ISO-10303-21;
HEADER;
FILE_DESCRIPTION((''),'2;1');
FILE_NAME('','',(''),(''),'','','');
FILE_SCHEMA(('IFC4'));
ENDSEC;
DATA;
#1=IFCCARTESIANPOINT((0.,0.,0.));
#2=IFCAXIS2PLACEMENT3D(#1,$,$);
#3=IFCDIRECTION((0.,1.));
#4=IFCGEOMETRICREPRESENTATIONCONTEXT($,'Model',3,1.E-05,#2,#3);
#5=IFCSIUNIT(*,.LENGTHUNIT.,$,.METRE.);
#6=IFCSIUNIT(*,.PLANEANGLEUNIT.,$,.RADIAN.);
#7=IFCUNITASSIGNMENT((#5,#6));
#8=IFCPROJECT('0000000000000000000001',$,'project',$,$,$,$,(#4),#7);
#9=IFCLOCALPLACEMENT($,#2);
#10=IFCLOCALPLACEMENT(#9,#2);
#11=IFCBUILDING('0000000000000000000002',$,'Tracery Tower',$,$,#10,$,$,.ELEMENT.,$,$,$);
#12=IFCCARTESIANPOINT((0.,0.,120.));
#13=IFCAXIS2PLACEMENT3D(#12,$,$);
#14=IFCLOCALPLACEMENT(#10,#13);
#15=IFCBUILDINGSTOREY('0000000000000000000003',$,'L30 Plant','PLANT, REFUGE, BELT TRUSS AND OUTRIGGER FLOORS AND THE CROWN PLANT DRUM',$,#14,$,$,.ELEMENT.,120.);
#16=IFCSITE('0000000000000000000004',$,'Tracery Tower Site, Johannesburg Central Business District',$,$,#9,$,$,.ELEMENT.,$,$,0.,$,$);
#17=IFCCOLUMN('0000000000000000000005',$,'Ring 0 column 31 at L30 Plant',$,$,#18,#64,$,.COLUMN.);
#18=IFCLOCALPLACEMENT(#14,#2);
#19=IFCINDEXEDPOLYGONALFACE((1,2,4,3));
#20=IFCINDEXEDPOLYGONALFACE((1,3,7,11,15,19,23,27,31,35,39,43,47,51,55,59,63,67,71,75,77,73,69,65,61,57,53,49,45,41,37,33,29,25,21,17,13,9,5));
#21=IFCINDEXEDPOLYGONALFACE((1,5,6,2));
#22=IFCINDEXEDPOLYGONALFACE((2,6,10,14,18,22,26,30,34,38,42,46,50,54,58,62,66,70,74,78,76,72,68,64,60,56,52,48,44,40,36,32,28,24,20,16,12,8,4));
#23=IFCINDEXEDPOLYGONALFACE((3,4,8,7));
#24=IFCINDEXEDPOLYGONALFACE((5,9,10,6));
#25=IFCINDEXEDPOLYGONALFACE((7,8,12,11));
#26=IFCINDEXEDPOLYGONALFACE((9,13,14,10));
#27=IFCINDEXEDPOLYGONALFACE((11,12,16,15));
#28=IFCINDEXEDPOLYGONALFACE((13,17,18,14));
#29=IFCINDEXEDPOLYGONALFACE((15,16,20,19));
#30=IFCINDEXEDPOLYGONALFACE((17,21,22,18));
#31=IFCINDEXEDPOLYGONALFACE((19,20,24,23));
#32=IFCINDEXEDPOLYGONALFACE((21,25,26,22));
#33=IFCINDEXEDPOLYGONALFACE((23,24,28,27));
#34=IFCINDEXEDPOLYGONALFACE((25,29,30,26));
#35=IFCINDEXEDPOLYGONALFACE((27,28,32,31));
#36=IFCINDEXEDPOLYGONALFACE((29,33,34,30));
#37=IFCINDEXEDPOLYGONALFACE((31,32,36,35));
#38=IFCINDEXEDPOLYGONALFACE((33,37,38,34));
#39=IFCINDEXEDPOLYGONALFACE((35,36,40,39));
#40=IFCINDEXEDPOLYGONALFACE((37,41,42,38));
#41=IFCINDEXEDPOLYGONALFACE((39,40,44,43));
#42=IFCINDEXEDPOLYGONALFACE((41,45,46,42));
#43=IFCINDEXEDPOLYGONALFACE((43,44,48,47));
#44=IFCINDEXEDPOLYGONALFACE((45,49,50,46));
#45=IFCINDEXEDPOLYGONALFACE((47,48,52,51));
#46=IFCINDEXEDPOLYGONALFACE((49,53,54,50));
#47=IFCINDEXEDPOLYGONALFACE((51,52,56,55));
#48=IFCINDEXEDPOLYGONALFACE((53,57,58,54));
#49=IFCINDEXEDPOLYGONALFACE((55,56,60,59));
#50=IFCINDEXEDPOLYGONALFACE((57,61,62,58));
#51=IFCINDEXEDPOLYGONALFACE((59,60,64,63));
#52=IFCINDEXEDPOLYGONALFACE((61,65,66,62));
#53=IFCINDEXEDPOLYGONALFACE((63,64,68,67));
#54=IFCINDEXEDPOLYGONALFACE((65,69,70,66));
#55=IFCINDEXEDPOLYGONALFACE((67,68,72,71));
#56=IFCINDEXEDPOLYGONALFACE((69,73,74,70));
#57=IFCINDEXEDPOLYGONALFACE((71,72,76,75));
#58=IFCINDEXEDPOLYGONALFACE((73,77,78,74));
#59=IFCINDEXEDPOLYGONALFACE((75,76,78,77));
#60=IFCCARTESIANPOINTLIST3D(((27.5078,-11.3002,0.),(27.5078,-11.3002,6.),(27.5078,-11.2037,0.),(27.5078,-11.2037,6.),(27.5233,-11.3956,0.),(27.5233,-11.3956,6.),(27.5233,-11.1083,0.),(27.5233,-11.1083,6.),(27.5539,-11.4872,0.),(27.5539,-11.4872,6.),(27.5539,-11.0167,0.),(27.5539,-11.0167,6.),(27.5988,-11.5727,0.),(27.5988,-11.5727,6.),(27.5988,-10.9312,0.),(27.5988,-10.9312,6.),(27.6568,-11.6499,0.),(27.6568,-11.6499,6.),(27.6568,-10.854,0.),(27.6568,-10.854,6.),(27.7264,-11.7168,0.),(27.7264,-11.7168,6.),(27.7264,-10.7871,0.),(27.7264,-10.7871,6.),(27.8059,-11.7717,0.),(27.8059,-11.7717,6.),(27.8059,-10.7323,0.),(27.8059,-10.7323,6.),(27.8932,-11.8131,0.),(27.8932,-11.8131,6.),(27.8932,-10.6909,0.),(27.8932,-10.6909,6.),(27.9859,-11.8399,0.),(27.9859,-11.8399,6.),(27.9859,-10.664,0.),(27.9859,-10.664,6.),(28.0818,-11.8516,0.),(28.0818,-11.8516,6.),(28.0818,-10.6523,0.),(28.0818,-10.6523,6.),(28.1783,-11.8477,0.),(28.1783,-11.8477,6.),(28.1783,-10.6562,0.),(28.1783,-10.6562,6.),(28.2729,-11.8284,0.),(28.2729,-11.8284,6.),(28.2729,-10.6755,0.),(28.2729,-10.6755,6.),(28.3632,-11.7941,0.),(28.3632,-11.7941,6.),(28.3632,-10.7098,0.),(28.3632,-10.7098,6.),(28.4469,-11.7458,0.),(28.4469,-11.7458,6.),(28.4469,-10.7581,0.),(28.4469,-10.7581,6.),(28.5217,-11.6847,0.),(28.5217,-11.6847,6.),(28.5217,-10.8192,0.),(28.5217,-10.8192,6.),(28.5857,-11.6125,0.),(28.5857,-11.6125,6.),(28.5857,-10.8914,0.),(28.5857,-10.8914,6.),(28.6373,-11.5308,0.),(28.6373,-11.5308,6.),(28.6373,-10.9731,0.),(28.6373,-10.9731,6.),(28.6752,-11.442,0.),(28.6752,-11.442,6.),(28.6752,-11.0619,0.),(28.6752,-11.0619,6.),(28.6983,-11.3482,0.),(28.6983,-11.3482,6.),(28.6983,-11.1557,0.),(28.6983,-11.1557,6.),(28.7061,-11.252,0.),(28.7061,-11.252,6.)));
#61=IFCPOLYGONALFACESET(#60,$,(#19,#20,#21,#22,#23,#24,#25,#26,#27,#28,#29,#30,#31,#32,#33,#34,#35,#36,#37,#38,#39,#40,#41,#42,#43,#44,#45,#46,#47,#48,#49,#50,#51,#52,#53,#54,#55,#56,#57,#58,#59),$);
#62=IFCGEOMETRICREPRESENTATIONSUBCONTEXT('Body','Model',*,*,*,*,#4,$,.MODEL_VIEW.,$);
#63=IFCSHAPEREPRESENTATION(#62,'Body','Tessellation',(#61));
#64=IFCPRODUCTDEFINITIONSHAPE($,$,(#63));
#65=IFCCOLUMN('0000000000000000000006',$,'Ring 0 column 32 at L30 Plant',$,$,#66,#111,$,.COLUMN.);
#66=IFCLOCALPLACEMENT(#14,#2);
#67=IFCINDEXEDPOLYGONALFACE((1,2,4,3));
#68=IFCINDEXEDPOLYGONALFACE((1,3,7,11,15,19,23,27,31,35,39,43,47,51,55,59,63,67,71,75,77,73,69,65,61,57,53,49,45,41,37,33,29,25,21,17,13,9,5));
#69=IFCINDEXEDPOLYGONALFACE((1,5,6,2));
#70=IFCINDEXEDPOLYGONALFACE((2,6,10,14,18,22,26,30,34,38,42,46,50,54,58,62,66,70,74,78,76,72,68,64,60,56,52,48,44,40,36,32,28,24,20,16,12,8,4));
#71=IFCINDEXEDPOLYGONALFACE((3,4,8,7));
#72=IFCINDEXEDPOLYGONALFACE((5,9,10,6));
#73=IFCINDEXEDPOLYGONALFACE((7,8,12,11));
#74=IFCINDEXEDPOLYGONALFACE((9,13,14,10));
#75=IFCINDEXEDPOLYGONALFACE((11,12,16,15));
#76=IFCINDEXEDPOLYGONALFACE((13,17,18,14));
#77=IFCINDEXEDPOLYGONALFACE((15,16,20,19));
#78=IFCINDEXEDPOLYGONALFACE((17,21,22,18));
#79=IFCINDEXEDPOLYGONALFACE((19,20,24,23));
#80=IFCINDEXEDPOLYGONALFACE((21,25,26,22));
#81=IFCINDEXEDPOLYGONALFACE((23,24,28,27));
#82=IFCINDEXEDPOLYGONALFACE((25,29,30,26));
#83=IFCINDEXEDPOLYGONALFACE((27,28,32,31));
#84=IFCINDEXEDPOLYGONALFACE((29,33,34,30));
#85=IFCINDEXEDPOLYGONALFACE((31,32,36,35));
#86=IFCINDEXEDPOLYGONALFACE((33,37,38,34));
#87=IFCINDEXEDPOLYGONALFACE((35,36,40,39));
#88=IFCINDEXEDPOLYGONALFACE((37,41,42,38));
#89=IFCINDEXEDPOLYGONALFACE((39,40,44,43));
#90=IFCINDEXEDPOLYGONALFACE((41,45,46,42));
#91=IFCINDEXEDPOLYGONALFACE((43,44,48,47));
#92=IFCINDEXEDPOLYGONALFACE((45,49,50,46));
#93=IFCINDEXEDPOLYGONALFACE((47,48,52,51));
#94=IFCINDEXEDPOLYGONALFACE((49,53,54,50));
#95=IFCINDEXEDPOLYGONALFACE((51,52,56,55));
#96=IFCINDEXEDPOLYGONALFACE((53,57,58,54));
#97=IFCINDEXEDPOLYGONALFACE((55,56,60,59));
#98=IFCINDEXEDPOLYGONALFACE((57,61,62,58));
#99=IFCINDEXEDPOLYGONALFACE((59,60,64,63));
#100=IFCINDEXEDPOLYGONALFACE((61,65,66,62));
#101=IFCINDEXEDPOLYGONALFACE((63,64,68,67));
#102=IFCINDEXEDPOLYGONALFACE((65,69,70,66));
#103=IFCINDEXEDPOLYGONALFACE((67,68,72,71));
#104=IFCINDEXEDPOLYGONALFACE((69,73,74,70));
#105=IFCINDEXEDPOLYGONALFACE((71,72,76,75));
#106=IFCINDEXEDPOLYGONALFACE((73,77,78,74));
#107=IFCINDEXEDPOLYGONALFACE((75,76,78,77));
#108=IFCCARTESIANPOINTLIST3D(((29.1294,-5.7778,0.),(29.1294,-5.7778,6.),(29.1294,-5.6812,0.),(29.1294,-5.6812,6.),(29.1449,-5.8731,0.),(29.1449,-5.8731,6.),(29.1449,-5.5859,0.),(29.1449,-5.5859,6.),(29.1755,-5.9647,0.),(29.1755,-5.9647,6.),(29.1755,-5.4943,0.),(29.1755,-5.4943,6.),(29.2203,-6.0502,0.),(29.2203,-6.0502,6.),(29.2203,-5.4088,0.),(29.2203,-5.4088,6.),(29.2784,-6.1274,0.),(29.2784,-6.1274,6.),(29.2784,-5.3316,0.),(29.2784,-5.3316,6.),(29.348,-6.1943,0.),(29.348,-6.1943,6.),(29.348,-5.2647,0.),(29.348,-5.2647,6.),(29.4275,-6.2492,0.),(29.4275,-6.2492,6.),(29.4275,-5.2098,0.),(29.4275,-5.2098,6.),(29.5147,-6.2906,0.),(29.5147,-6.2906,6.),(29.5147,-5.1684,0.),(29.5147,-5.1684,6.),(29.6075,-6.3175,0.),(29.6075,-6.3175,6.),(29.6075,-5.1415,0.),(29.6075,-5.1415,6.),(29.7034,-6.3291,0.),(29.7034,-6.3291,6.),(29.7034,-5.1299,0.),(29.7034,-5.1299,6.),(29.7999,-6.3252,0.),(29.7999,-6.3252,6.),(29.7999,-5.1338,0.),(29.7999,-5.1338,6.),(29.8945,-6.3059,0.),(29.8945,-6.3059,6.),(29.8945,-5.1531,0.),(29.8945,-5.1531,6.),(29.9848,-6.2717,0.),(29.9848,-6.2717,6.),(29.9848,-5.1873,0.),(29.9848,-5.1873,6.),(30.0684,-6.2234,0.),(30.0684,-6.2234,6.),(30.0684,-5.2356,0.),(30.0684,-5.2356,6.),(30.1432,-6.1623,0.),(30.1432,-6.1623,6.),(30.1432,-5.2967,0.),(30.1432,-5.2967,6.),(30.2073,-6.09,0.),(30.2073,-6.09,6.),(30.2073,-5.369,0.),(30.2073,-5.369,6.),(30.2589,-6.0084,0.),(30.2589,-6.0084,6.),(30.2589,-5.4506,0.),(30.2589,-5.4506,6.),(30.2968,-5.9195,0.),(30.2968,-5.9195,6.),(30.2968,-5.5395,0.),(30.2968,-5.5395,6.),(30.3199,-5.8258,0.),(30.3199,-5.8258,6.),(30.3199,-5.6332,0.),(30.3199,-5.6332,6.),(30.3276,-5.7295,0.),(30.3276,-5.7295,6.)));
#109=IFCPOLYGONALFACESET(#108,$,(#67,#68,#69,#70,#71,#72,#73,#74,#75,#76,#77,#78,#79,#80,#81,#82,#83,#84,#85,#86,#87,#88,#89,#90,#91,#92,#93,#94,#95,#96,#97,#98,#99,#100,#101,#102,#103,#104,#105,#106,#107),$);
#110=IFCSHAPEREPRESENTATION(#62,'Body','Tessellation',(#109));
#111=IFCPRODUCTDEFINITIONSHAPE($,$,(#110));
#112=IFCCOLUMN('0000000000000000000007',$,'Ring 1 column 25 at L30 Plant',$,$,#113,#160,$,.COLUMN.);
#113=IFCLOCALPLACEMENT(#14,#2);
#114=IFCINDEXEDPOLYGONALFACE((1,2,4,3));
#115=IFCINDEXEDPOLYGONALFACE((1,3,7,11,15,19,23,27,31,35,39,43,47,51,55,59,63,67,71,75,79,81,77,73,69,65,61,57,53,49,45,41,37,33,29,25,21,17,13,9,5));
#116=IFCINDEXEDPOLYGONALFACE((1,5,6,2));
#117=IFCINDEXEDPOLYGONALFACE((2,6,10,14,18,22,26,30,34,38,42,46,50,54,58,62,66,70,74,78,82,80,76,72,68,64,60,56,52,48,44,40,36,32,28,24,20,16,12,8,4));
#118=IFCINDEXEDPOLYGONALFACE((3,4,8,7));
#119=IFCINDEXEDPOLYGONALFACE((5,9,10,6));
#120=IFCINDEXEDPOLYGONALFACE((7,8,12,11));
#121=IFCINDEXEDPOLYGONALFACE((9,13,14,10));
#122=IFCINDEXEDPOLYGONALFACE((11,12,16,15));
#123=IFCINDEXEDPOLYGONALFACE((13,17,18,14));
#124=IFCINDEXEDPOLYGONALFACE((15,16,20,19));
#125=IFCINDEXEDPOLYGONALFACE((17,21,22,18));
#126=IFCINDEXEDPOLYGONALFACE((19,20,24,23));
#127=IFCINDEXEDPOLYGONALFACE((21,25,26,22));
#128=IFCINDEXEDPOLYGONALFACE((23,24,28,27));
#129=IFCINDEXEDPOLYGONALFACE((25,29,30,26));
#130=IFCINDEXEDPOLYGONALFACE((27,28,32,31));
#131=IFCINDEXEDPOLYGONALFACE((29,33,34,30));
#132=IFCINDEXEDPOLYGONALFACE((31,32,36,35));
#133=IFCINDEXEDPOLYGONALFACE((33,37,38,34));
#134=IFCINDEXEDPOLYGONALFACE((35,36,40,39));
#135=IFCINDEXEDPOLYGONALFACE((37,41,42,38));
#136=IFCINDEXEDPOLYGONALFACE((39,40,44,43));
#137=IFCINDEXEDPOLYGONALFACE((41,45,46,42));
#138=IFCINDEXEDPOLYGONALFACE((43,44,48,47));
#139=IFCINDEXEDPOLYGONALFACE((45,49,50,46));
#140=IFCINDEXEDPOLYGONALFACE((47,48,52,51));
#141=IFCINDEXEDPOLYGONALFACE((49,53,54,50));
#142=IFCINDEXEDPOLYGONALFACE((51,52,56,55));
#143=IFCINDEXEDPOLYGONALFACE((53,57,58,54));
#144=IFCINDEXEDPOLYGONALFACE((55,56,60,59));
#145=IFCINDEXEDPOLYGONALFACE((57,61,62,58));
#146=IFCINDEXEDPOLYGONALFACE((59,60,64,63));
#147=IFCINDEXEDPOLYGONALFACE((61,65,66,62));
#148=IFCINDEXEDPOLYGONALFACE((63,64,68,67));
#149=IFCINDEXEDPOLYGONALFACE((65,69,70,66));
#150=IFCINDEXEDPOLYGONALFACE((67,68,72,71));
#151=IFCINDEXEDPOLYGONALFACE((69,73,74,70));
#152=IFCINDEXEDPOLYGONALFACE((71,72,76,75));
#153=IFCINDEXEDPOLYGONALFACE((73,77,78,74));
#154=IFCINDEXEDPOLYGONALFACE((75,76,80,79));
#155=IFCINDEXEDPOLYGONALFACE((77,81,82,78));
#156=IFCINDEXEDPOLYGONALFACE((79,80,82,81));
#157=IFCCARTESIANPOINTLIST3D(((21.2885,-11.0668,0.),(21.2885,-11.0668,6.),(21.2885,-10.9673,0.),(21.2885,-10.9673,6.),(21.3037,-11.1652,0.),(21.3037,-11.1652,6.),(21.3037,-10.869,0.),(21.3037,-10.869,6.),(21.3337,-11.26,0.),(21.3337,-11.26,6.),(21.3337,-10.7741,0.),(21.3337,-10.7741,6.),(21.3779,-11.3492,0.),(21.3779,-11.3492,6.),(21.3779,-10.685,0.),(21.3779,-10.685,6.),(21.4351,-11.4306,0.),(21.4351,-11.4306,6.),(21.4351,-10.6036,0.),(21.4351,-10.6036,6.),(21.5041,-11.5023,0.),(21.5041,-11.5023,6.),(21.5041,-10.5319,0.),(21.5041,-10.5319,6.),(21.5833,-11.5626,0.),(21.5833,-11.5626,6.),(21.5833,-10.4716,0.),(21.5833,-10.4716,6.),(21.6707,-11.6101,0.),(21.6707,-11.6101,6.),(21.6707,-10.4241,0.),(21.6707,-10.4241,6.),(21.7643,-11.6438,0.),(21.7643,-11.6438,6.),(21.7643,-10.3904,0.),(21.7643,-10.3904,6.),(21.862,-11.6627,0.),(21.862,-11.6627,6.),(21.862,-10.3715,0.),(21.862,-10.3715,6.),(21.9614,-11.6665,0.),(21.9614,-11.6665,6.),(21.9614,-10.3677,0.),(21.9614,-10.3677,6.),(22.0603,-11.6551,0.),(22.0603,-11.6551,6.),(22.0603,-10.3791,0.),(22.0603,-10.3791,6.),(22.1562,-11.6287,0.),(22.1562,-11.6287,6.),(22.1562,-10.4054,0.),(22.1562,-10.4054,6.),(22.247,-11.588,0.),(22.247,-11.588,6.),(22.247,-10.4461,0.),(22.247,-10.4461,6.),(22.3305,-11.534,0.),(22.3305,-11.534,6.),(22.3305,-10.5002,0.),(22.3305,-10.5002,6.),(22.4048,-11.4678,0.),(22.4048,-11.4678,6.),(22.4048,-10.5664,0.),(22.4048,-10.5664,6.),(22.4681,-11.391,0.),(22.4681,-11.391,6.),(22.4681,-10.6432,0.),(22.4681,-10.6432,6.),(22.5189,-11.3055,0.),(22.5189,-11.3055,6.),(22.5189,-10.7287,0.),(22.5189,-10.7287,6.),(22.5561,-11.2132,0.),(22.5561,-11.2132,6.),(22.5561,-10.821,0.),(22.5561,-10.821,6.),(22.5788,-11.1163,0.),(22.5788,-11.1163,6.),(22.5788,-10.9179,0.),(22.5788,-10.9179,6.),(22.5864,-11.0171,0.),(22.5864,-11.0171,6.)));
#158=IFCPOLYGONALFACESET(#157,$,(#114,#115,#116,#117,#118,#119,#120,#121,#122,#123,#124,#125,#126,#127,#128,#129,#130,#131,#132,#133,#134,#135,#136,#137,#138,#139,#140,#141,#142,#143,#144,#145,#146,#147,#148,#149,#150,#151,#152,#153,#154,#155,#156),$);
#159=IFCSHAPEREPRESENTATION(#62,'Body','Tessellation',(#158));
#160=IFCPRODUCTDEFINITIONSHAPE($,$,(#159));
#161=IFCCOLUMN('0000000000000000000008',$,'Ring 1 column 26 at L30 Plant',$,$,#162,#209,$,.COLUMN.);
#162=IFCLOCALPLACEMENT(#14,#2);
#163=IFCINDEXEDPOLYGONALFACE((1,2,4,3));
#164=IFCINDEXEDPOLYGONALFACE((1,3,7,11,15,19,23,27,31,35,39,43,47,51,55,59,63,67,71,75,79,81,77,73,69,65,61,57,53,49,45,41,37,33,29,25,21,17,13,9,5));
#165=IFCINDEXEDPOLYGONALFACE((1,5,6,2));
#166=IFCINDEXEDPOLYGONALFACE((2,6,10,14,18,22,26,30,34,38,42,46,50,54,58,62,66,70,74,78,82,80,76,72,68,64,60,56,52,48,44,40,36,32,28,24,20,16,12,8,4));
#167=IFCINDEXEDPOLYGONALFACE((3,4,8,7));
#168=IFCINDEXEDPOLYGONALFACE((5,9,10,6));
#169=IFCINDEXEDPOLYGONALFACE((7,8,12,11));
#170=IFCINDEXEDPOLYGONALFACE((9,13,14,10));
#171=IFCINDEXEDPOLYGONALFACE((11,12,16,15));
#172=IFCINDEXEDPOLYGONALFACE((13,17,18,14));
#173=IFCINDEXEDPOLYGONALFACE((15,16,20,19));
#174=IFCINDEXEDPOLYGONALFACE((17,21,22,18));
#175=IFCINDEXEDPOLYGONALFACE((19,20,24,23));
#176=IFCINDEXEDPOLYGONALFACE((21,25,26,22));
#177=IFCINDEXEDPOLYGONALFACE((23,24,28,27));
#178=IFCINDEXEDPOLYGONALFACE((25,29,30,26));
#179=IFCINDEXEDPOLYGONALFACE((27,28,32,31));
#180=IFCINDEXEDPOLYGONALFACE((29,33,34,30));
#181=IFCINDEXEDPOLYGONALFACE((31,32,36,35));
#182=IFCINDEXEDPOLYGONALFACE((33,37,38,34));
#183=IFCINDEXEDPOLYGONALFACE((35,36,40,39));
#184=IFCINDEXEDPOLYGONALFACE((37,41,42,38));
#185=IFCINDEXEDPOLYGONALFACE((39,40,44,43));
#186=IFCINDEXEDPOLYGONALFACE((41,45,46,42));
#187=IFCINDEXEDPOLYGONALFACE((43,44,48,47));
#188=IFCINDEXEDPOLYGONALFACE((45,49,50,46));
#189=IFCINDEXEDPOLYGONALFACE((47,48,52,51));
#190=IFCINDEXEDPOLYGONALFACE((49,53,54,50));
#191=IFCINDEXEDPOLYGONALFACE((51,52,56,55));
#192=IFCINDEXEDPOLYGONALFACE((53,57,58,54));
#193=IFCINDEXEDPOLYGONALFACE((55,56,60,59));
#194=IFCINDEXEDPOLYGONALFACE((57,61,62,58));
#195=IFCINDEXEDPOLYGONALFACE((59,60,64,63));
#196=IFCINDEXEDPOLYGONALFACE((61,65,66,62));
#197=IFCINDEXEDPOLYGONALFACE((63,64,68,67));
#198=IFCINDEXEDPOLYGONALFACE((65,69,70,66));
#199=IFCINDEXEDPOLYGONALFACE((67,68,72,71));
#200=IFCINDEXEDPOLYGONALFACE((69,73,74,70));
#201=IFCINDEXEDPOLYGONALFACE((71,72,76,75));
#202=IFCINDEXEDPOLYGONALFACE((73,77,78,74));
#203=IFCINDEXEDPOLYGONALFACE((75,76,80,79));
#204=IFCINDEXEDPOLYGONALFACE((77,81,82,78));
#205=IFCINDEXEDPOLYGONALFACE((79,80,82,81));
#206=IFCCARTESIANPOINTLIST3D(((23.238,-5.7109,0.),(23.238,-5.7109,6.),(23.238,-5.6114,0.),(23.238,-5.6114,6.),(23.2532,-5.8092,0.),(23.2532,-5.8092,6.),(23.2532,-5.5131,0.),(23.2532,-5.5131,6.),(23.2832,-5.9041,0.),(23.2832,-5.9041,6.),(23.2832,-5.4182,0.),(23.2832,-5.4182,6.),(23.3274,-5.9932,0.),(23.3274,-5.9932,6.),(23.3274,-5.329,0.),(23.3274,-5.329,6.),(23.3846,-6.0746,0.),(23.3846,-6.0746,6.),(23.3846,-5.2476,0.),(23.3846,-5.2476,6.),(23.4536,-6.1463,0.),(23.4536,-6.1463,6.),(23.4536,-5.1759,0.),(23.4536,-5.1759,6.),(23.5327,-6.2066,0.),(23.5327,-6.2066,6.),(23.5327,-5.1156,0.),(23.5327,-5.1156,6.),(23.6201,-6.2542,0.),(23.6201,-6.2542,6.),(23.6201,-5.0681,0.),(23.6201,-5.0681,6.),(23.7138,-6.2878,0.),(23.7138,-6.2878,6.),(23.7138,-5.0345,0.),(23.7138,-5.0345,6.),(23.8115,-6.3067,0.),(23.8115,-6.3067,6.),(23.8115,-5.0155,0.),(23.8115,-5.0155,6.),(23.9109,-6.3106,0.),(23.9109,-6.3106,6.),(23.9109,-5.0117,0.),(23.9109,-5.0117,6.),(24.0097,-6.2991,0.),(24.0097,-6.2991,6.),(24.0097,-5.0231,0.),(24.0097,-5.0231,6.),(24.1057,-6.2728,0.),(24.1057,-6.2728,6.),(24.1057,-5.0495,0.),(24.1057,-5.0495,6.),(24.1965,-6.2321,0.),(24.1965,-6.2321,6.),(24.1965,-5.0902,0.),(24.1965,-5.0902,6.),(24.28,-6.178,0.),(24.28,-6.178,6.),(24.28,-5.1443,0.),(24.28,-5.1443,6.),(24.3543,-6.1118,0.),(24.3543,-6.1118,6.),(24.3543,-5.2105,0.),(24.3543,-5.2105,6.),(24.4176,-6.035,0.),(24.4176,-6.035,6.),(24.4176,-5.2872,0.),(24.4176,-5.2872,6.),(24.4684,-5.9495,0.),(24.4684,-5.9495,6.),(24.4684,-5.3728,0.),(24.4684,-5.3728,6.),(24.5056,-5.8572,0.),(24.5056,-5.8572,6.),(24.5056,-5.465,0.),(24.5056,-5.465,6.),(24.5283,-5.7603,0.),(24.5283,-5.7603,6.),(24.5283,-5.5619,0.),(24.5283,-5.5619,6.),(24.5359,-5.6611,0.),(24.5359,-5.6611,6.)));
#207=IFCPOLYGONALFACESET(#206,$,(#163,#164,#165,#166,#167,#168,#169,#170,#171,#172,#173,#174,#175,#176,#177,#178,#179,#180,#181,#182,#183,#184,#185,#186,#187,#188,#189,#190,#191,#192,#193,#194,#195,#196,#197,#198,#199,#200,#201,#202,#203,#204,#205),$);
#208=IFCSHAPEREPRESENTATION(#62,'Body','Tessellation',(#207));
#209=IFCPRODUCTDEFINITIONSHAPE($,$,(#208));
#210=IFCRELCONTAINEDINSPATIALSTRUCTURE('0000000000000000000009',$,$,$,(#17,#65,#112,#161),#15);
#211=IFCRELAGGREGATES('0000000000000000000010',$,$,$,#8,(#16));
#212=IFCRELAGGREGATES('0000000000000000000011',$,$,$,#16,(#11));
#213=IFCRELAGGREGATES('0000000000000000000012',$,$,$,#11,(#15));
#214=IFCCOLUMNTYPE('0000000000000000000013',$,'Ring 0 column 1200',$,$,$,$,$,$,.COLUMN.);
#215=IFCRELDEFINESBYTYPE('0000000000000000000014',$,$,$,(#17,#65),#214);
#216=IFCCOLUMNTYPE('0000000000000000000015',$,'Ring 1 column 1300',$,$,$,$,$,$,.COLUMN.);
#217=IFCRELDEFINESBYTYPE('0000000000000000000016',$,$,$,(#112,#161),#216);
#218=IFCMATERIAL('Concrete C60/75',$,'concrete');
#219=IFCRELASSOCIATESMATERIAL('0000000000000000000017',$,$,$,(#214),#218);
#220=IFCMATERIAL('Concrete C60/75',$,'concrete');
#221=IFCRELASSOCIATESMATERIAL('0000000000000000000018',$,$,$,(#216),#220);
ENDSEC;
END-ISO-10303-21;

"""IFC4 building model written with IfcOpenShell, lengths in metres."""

from ifc_helpers import new_model, si_unit, direction, frame, origin, origin_2d, place, context, subcontext, project, spatial, circle, extrude, material, material_profile, profile_set, type_object, element, save


model = new_model("IFC4")

# Units and contexts
model_context = context("Model", 3, precision=1e-05, world=origin(), true_north=direction((0.0, 1.0)))
body_context = subcontext(model_context, "Body", "Model", "MODEL_VIEW")
ifc_project = project(units=[si_unit("LENGTHUNIT", "METRE"), si_unit("PLANEANGLEUNIT", "RADIAN")], contexts=[model_context])

# Site, building, storey
site_placement = place(None, origin())
site = spatial("IfcSite", under=ifc_project, at=site_placement, Name="Tracery Tower Site, Johannesburg Central Business District", CompositionType="ELEMENT", RefElevation=0.0)
building_placement = place(site_placement, origin())
building = spatial("IfcBuilding", under=site, at=building_placement, Name="Tracery Tower", CompositionType="ELEMENT")
storey_placement = place(building_placement, frame((0.0, 0.0, 120.0)))
storey = spatial("IfcBuildingStorey", under=building, at=storey_placement, Name="L30 Plant", Description="PLANT, REFUGE, BELT TRUSS AND OUTRIGGER FLOORS AND THE CROWN PLANT DRUM", CompositionType="ELEMENT", Elevation=120.0)

# Columns
ifc_material_1 = material(Name="Concrete C60/75", Category="concrete")
ifc_material_profile_1 = material_profile(ifc_material_1, circle(Radius=0.6001, at=origin_2d()), Name="RC D1200")
ifc_profile_set_1 = profile_set([ifc_material_profile_1], Name="Concrete C60/75")
column_type_1 = type_object("IfcColumnType", Name="Ring 0 column 1200", PredefinedType="COLUMN", material=ifc_profile_set_1)
for number, where, z_axis, x_axis, name in (
    (1, (28.106, -11.252, 0.0), (0.0, 0.0, 1.0), (1.0, 0.0, 0.0), "Ring 0 column 31 at L30 Plant"),
    (2, (29.7275, -5.7295, 0.0), (0.0, 0.0, 1.0), (1.0, 0.0, 0.0), "Ring 0 column 32 at L30 Plant"),
):
    element("IfcColumn", number, at=place(storey_placement, frame(where, z_axis=z_axis, x_axis=x_axis)), inside=storey, type_object=column_type_1, Name=name, PredefinedType="COLUMN", context=body_context, shape_type="SweptSolid", body=[
        extrude(circle(Radius=0.6001, at=origin_2d()), origin(), (0.0, 0.0, 1.0), 6.0),
    ])
ifc_material_2 = material(Name="Concrete C60/75", Category="concrete")
ifc_material_profile_2 = material_profile(ifc_material_2, circle(Radius=0.6499, at=origin_2d()), Name="RC D1300")
ifc_profile_set_2 = profile_set([ifc_material_profile_2], Name="Concrete C60/75")
column_type_2 = type_object("IfcColumnType", Name="Ring 1 column 1300", PredefinedType="COLUMN", material=ifc_profile_set_2)
for number, where, z_axis, x_axis, name in (
    (3, (21.9365, -11.0171, 0.0), (0.0, 0.0, 1.0), (1.0, 0.0, 0.0), "Ring 1 column 25 at L30 Plant"),
    (4, (23.886, -5.6611, 0.0), (0.0, 0.0, 1.0), (1.0, 0.0, 0.0), "Ring 1 column 26 at L30 Plant"),
):
    element("IfcColumn", number, at=place(storey_placement, frame(where, z_axis=z_axis, x_axis=x_axis)), inside=storey, type_object=column_type_2, Name=name, PredefinedType="COLUMN", context=body_context, shape_type="SweptSolid", body=[
        extrude(circle(Radius=0.6499, at=origin_2d()), origin(), (0.0, 0.0, 1.0), 6.0),
    ])

save(model, "model.ifc")
